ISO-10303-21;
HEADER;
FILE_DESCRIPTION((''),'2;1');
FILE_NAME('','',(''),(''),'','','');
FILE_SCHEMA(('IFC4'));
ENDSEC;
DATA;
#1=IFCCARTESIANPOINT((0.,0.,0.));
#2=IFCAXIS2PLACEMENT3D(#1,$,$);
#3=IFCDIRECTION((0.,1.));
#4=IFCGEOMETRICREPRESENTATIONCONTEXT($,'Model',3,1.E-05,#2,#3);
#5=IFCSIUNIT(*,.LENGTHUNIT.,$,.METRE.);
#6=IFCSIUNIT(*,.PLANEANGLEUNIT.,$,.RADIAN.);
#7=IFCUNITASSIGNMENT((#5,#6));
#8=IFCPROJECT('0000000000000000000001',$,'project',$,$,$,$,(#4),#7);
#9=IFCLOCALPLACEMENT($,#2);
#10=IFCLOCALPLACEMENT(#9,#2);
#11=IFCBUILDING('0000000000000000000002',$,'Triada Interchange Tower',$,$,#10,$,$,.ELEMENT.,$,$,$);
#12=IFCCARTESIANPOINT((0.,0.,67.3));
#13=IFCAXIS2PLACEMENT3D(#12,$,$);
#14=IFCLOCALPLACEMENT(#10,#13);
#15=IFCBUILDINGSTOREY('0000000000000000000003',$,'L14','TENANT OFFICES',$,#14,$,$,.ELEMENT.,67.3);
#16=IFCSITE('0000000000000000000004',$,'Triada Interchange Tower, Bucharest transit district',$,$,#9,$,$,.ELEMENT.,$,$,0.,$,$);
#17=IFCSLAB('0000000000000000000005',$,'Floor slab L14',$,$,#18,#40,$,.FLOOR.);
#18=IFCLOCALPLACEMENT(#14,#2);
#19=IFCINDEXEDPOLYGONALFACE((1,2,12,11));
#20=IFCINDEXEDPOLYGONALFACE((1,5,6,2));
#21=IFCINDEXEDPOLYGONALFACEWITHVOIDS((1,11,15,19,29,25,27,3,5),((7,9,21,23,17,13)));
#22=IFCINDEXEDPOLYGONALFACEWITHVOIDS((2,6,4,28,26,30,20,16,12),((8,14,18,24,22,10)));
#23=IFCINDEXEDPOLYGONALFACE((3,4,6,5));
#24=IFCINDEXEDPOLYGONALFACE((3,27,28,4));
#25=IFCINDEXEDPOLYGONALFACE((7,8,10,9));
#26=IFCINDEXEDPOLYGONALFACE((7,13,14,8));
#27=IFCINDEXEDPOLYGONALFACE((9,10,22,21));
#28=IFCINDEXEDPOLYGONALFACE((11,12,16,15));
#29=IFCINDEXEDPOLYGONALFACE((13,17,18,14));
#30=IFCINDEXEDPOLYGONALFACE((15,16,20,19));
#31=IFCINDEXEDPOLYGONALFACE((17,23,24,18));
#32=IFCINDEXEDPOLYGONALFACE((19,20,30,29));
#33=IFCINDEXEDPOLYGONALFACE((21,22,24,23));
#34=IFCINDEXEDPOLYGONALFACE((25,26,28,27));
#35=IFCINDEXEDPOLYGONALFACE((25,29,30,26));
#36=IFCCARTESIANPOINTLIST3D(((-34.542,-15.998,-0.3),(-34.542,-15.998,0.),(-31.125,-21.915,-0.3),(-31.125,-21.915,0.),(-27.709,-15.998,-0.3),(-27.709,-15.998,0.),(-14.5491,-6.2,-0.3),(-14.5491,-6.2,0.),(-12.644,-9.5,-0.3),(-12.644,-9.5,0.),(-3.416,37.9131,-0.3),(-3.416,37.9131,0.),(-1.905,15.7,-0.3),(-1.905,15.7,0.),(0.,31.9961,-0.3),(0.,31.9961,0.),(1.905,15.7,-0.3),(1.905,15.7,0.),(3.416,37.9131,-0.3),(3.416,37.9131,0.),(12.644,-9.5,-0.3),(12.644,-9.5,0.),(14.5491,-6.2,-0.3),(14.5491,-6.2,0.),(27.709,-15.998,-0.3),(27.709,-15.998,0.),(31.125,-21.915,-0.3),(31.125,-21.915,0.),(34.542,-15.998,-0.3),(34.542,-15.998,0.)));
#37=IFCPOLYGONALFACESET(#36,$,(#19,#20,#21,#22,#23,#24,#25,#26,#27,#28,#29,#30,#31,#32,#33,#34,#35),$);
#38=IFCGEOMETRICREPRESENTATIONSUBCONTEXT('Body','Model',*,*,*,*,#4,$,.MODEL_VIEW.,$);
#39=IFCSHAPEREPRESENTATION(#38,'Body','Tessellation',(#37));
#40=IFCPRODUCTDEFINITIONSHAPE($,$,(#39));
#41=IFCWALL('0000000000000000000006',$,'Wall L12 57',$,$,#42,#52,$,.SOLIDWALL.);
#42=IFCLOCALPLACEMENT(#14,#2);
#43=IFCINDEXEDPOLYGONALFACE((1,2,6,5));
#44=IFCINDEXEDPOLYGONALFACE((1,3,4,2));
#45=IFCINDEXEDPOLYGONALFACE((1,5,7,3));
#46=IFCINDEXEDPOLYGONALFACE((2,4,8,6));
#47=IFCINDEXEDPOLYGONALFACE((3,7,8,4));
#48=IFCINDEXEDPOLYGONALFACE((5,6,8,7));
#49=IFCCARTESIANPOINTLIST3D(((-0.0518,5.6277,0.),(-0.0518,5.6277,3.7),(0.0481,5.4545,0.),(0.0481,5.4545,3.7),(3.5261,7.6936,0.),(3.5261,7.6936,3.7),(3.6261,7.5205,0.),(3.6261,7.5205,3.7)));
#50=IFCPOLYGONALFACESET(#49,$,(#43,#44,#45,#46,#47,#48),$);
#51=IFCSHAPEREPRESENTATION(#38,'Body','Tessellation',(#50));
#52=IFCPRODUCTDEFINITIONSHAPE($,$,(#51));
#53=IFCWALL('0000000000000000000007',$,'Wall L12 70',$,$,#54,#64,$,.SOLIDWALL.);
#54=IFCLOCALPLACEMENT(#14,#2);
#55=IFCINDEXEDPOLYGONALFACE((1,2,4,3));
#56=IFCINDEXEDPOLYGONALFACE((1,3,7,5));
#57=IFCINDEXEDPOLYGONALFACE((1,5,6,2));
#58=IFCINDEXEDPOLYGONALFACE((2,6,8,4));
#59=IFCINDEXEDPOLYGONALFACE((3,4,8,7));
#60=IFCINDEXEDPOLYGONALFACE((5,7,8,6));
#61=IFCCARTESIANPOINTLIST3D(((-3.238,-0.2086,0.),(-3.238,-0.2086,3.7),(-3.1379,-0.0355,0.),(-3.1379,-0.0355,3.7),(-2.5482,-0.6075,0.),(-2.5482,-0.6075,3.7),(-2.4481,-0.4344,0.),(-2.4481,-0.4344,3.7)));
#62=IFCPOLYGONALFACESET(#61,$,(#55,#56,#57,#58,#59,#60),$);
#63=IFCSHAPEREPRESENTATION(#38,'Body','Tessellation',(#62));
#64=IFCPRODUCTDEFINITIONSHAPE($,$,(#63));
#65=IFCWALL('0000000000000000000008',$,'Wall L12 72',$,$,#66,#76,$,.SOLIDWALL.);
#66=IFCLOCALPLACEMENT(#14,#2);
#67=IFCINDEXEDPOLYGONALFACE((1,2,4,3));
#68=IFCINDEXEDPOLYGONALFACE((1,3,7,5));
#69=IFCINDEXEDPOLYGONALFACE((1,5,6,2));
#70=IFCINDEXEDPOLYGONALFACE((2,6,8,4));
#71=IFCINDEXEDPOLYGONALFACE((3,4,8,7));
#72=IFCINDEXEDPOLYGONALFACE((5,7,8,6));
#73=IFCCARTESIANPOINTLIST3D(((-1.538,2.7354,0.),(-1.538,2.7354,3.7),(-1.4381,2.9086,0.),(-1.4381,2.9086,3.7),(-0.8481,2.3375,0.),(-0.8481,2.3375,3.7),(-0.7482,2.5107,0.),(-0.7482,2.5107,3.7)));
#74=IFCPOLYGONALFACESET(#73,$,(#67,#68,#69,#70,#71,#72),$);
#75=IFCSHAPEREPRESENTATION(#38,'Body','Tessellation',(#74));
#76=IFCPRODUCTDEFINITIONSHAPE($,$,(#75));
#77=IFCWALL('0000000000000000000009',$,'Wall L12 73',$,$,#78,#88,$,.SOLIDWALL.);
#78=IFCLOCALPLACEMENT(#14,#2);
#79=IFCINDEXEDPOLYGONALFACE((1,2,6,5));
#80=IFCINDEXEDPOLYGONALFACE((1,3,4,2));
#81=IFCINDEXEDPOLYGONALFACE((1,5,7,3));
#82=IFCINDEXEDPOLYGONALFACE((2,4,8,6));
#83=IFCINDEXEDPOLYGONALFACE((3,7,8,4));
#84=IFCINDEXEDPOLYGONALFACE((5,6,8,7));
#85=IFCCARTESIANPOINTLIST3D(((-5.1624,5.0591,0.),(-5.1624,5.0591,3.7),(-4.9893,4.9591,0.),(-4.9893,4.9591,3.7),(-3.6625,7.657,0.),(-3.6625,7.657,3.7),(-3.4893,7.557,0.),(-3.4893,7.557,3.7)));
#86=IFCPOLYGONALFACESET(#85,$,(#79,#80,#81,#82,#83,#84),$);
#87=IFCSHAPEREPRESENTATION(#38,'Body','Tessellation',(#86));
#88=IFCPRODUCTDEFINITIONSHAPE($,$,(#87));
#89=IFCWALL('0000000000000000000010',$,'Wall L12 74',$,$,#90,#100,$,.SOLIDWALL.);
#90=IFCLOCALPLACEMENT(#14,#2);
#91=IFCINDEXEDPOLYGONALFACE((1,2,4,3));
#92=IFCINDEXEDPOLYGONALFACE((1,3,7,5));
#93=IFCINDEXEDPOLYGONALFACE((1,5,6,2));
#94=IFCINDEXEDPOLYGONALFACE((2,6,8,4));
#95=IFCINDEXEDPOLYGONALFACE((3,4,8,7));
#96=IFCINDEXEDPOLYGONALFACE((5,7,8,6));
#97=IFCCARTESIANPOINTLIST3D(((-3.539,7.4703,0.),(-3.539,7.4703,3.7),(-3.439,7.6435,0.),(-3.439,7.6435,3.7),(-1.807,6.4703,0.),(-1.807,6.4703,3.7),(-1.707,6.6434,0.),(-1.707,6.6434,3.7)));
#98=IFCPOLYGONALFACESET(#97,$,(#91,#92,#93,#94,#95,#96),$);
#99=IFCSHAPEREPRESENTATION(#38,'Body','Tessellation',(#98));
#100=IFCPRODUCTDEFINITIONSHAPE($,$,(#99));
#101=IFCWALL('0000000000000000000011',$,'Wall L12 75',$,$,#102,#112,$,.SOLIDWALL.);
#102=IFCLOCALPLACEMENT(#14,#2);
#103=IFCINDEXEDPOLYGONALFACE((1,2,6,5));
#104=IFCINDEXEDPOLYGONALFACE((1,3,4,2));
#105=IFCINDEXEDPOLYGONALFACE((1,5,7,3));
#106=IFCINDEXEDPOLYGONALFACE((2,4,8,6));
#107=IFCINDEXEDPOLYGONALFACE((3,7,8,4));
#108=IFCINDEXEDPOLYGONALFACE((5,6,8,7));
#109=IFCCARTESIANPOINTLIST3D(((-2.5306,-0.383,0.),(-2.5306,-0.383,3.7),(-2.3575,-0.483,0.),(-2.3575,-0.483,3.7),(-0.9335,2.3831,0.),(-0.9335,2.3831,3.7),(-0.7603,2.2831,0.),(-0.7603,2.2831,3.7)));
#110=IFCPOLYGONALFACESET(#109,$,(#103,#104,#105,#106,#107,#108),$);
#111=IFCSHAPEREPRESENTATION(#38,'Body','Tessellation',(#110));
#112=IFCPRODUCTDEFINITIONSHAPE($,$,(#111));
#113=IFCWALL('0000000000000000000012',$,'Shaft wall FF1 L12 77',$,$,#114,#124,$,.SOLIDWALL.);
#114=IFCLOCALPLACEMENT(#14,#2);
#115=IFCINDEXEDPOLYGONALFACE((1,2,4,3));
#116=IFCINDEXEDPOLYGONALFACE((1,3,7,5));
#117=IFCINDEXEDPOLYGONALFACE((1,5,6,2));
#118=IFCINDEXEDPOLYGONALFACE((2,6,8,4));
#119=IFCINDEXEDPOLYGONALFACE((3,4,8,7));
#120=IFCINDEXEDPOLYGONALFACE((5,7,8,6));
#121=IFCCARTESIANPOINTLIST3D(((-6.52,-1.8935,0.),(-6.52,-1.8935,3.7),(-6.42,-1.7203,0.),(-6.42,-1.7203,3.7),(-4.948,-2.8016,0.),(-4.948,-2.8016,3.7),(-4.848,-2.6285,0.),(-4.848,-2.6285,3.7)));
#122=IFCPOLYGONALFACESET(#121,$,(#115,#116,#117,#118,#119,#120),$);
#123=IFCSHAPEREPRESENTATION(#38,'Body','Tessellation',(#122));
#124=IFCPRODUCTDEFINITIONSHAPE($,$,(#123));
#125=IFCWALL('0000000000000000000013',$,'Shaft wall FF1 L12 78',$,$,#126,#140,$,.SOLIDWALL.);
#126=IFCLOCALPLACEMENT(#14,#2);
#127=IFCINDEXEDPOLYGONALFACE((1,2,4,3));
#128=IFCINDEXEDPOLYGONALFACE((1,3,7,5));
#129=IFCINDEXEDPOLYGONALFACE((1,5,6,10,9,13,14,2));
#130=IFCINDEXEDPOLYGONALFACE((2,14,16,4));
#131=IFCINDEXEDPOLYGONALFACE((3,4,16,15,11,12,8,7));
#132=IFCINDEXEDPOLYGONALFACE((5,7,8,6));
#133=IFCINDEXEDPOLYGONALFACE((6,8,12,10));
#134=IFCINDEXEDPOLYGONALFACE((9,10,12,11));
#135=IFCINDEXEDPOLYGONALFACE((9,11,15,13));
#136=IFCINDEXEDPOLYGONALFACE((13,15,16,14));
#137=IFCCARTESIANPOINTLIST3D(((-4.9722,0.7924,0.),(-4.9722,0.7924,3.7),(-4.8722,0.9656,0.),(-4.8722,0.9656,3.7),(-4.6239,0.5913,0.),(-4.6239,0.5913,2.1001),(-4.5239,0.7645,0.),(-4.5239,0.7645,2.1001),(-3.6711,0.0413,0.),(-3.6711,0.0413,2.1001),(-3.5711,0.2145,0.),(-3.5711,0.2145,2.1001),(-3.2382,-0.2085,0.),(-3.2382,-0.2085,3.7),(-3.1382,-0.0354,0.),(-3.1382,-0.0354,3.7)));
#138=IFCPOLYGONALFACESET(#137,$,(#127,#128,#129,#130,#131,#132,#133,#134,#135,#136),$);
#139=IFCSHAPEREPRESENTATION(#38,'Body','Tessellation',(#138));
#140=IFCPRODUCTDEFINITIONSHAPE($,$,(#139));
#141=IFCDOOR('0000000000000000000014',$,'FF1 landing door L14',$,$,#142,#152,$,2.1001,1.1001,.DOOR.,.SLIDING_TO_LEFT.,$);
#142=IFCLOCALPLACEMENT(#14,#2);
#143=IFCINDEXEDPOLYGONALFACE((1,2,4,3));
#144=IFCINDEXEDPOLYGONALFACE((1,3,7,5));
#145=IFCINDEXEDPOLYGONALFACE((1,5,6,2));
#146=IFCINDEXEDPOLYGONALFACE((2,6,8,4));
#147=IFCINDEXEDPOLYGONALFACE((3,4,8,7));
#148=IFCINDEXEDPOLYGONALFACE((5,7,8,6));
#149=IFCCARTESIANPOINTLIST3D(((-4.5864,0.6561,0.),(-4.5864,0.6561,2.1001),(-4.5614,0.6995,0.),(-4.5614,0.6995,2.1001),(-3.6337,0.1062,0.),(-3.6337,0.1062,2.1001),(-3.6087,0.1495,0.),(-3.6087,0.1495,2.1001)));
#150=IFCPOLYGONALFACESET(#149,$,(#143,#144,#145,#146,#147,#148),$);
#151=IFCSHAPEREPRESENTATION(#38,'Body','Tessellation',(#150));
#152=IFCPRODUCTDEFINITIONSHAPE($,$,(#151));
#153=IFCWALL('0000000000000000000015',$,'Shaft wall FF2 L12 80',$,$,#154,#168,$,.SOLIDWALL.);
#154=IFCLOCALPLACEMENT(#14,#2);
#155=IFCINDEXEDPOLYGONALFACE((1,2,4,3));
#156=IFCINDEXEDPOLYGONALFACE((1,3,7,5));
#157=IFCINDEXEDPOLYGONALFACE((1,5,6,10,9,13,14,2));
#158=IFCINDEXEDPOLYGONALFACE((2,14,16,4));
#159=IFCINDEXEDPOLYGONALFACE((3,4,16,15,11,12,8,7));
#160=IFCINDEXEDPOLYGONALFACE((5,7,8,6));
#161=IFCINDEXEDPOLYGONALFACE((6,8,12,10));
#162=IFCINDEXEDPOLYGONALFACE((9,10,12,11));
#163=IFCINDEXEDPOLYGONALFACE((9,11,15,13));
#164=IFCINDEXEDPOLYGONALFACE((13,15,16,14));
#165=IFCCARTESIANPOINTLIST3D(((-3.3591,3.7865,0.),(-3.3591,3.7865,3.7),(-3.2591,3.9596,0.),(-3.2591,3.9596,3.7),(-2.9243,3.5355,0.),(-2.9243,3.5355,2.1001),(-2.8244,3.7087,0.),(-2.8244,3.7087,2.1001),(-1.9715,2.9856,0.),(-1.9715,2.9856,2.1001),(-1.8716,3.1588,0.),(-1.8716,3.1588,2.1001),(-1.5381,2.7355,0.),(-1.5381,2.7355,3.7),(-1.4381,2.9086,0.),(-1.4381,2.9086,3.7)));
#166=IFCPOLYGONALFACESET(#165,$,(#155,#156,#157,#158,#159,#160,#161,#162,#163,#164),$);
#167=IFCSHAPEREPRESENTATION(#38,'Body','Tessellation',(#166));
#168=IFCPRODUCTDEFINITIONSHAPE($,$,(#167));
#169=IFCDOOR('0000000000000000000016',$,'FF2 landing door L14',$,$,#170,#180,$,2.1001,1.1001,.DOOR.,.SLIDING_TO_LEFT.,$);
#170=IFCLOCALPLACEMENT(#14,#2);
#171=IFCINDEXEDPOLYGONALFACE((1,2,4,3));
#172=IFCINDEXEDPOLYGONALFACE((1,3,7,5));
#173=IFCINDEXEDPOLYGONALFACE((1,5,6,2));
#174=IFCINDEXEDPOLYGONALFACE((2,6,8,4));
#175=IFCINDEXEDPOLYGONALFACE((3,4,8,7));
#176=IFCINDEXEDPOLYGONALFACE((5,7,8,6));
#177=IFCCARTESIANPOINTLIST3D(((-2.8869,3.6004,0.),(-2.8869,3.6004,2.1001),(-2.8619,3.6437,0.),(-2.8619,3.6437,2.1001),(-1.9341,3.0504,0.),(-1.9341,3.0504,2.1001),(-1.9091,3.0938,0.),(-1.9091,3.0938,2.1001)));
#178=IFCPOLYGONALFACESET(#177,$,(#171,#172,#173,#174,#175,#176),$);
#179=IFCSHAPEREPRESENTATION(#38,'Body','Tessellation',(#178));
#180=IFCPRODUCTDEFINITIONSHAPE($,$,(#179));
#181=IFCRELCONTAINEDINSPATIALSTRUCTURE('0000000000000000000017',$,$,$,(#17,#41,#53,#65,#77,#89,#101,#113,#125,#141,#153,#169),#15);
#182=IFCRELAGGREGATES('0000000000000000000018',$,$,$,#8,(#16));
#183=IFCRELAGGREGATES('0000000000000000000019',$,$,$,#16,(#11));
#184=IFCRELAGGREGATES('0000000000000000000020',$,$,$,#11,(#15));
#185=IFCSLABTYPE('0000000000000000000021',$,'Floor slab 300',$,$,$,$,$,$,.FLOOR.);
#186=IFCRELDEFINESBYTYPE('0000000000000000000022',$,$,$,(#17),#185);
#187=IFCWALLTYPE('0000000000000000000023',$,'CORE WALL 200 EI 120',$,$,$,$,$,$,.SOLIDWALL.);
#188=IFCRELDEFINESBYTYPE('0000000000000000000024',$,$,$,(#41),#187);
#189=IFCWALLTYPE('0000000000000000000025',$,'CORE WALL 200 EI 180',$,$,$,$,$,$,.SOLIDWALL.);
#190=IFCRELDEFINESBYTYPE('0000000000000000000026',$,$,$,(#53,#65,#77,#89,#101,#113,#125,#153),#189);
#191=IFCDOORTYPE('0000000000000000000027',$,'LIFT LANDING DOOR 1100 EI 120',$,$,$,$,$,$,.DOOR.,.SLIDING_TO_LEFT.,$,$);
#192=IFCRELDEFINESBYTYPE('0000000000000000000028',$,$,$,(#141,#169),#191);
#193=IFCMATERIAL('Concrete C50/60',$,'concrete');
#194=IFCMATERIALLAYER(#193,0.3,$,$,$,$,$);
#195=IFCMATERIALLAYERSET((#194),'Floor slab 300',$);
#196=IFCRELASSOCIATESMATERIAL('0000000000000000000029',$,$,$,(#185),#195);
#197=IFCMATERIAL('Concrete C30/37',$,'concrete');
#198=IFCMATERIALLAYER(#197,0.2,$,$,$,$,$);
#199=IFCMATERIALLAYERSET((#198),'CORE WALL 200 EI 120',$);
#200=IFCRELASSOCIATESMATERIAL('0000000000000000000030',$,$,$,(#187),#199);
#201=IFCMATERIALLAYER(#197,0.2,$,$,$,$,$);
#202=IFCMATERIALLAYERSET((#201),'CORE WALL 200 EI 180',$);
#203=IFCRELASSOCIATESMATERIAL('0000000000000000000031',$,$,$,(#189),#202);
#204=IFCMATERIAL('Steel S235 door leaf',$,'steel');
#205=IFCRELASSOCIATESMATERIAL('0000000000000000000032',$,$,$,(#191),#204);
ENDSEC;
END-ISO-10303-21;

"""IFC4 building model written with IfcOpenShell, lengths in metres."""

from ifc_helpers import new_model, si_unit, direction, frame, frame_2d, origin, place, context, subcontext, project, spatial, polyline, rectangle, outline, extrude, material, layer, layer_set, type_object, element, fill, save


model = new_model("IFC4")

# Units and contexts
model_context = context("Model", 3, precision=1e-05, world=origin(), true_north=direction((0.0, 1.0)))
body_context = subcontext(model_context, "Body", "Model", "MODEL_VIEW")
ifc_project = project(units=[si_unit("LENGTHUNIT", "METRE"), si_unit("PLANEANGLEUNIT", "RADIAN")], contexts=[model_context])

# Site, building, storey
site_placement = place(None, origin())
site = spatial("IfcSite", under=ifc_project, at=site_placement, Name="Triada Interchange Tower, Bucharest transit district", CompositionType="ELEMENT", RefElevation=0.0)
building_placement = place(site_placement, origin())
building = spatial("IfcBuilding", under=site, at=building_placement, Name="Triada Interchange Tower", CompositionType="ELEMENT")
storey_placement = place(building_placement, frame((0.0, 0.0, 67.3)))
storey = spatial("IfcBuildingStorey", under=building, at=storey_placement, Name="L14", Description="TENANT OFFICES", CompositionType="ELEMENT", Elevation=67.3)

# Slab
ifc_material_1 = material(Name="Concrete C50/60", Category="concrete")
ifc_layer_1 = layer(ifc_material_1, 0.3)
ifc_layer_set_1 = layer_set([ifc_layer_1], Name="Floor slab 300")
slab_type = type_object("IfcSlabType", Name="Floor slab 300", PredefinedType="FLOOR", material=ifc_layer_set_1)
slab_placement = place(storey_placement, frame((0.0, 0.0, -0.3)))
element("IfcSlab", 1, at=slab_placement, inside=storey, type_object=slab_type, Name="Floor slab L14", PredefinedType="FLOOR", context=body_context, shape_type="SweptSolid", body=[
    extrude(outline(polyline([(-3.416, 37.9131), (-34.542, -15.998), (-27.709, -15.998), (-31.125, -21.915), (31.125, -21.915), (27.709, -15.998), (34.542, -15.998), (3.416, 37.9131), (0.0, 31.9961), (-3.416, 37.9131)]), holes=[polyline([(1.905, 15.7), (-1.905, 15.7), (-14.5491, -6.2), (-12.644, -9.5), (12.644, -9.5), (14.5491, -6.2), (1.905, 15.7)])]), origin(), (0.0, 0.0, 1.0), 0.3),
])

# Walls
ifc_material_2 = material(Name="Concrete C30/37", Category="concrete")
ifc_layer_2 = layer(ifc_material_2, 0.2)
ifc_layer_set_2 = layer_set([ifc_layer_2], Name="CORE WALL 200 EI 120")
wall_type_1 = type_object("IfcWallType", Name="CORE WALL 200 EI 120", PredefinedType="SOLIDWALL", material=ifc_layer_set_2)
wall_1_placement = place(storey_placement, frame((-0.002, 5.541, 0.0), z_axis=(0.0, 0.0, 1.0), x_axis=(0.866002, 0.500041, 0.0)))
element("IfcWall", 2, at=wall_1_placement, inside=storey, type_object=wall_type_1, Name="Wall L12 57", PredefinedType="SOLIDWALL", context=body_context, shape_type="SweptSolid", body=[
    extrude(rectangle(XDim=4.1316, YDim=0.2, at=frame_2d((2.0659, 0.0))), origin(), (0.0, 0.0, 1.0), 3.7),
])
ifc_layer_3 = layer(ifc_material_2, 0.2)
ifc_layer_set_3 = layer_set([ifc_layer_3], Name="CORE WALL 200 EI 180")
wall_type_2 = type_object("IfcWallType", Name="CORE WALL 200 EI 180", PredefinedType="SOLIDWALL", material=ifc_layer_set_3)
wall_2_placement = place(storey_placement, frame((-3.188, -0.1221, 0.0), z_axis=(0.0, 0.0, 1.0), x_axis=(0.865706, -0.500553, 0.0)))
element("IfcWall", 3, at=wall_2_placement, inside=storey, type_object=wall_type_2, Name="Wall L12 70", PredefinedType="SOLIDWALL", context=body_context, shape_type="SweptSolid", body=[
    extrude(rectangle(XDim=0.7969, YDim=0.2, at=frame_2d((0.3984, 0.0))), origin(), (0.0, 0.0, 1.0), 3.7),
])
wall_3_placement = place(storey_placement, frame((-1.488, 2.822, 0.0), z_axis=(0.0, 0.0, 1.0), x_axis=(0.866237, -0.499634, 0.0)))
element("IfcWall", 4, at=wall_3_placement, inside=storey, type_object=wall_type_2, Name="Wall L12 72", PredefinedType="SOLIDWALL", context=body_context, shape_type="SweptSolid", body=[
    extrude(rectangle(XDim=0.7964, YDim=0.2, at=frame_2d((0.3982, 0.0))), origin(), (0.0, 0.0, 1.0), 3.7),
])
wall_4_placement = place(storey_placement, frame((-5.0759, 5.009, 0.0), z_axis=(0.0, 0.0, 1.0), x_axis=(0.500025, 0.866011, 0.0)))
element("IfcWall", 5, at=wall_4_placement, inside=storey, type_object=wall_type_2, Name="Wall L12 73", PredefinedType="SOLIDWALL", context=body_context, shape_type="SweptSolid", body=[
    extrude(rectangle(XDim=2.9998, YDim=0.2, at=frame_2d((1.5, 0.0))), origin(), (0.0, 0.0, 1.0), 3.7),
])
wall_5_placement = place(storey_placement, frame((-3.489, 7.5569, 0.0), z_axis=(0.0, 0.0, 1.0), x_axis=(0.866011, -0.500025, 0.0)))
element("IfcWall", 6, at=wall_5_placement, inside=storey, type_object=wall_type_2, Name="Wall L12 74", PredefinedType="SOLIDWALL", context=body_context, shape_type="SweptSolid", body=[
    extrude(rectangle(XDim=2.0, YDim=0.2, at=frame_2d((1.0, 0.0))), origin(), (0.0, 0.0, 1.0), 3.7),
])
wall_6_placement = place(storey_placement, frame((-2.4441, -0.4331, 0.0), z_axis=(0.0, 0.0, 1.0), x_axis=(0.500036, 0.866005, 0.0)))
element("IfcWall", 7, at=wall_6_placement, inside=storey, type_object=wall_type_2, Name="Wall L12 75", PredefinedType="SOLIDWALL", context=body_context, shape_type="SweptSolid", body=[
    extrude(rectangle(XDim=3.1941, YDim=0.2, at=frame_2d((1.5972, 0.0))), origin(), (0.0, 0.0, 1.0), 3.7),
])
wall_7_placement = place(storey_placement, frame((-6.47, -1.8069, 0.0), z_axis=(0.0, 0.0, 1.0), x_axis=(0.865883, -0.500246, 0.0)))
element("IfcWall", 8, at=wall_7_placement, inside=storey, type_object=wall_type_2, Name="Shaft wall FF1 L12 77", PredefinedType="SOLIDWALL", context=body_context, shape_type="SweptSolid", body=[
    extrude(rectangle(XDim=1.8154, YDim=0.2, at=frame_2d((0.9077, 0.0))), origin(), (0.0, 0.0, 1.0), 3.7),
])

# Walls, openings, doors
wall_8_placement = place(storey_placement, frame((-4.9221, 0.8789, 0.0), z_axis=(0.0, 0.0, 1.0), x_axis=(0.866074, -0.499916, 0.0)))
wall_8 = element("IfcWall", 9, at=wall_8_placement, inside=storey, type_object=wall_type_2, Name="Shaft wall FF1 L12 78", PredefinedType="SOLIDWALL", context=body_context, shape_type="SweptSolid", body=[
    extrude(rectangle(XDim=2.0022, YDim=0.2, at=frame_2d((1.001, 0.0))), origin(), (0.0, 0.0, 1.0), 3.7),
])
opening_1_placement = place(wall_8_placement, frame((0.4021, 0.0, 0.0)))
opening_1 = element("IfcOpeningElement", 10, at=opening_1_placement, cuts=wall_8, PredefinedType="OPENING", context=body_context, shape_type="SweptSolid", body=[
    extrude(rectangle(XDim=1.1001, YDim=2.1001, at=frame_2d((0.55, 1.05))), frame((0.0, 0.1099, 0.0), z_axis=(0.0, -1.0, 0.0), x_axis=(1.0, 0.0, 0.0)), (0.0, 0.0, 1.0), 0.22),
])
ifc_material_3 = material(Name="Steel S235 door leaf", Category="steel")
door_type = type_object("IfcDoorType", Name="LIFT LANDING DOOR 1100 EI 120", OperationType="SLIDING_TO_LEFT", PredefinedType="DOOR", material=ifc_material_3)
door_1_placement = place(opening_1_placement, origin())
door_1 = element("IfcDoor", 11, at=door_1_placement, inside=storey, type_object=door_type, Name="FF1 landing door L14", OperationType="SLIDING_TO_LEFT", OverallHeight=2.1001, OverallWidth=1.1001, PredefinedType="DOOR", context=body_context, shape_type="SweptSolid", body=[
    extrude(rectangle(XDim=1.1001, YDim=2.1001, at=frame_2d((0.55, 1.05))), frame((0.0, 0.0249, 0.0), z_axis=(0.0, -1.0, 0.0), x_axis=(1.0, 0.0, 0.0)), (0.0, 0.0, 1.0), 0.05),
])
fill(opening_1, door_1)
wall_9_placement = place(storey_placement, frame((-3.3091, 3.873, 0.0), z_axis=(0.0, 0.0, 1.0), x_axis=(0.866099, -0.499873, 0.0)))
wall_9 = element("IfcWall", 12, at=wall_9_placement, inside=storey, type_object=wall_type_2, Name="Shaft wall FF2 L12 80", PredefinedType="SOLIDWALL", context=body_context, shape_type="SweptSolid", body=[
    extrude(rectangle(XDim=2.1025, YDim=0.2, at=frame_2d((1.0513, 0.0))), origin(), (0.0, 0.0, 1.0), 3.7),
])
opening_2_placement = place(wall_9_placement, frame((0.502, 0.0, 0.0)))
opening_2 = element("IfcOpeningElement", 13, at=opening_2_placement, cuts=wall_9, PredefinedType="OPENING", context=body_context, shape_type="SweptSolid", body=[
    extrude(rectangle(XDim=1.1001, YDim=2.1001, at=frame_2d((0.55, 1.05))), frame((0.0, 0.1099, 0.0), z_axis=(0.0, -1.0, 0.0), x_axis=(1.0, 0.0, 0.0)), (0.0, 0.0, 1.0), 0.22),
])
door_2_placement = place(opening_2_placement, origin())
door_2 = element("IfcDoor", 14, at=door_2_placement, inside=storey, type_object=door_type, Name="FF2 landing door L14", OperationType="SLIDING_TO_LEFT", OverallHeight=2.1001, OverallWidth=1.1001, PredefinedType="DOOR", context=body_context, shape_type="SweptSolid", body=[
    extrude(rectangle(XDim=1.1001, YDim=2.1001, at=frame_2d((0.55, 1.05))), frame((0.0, 0.0249, 0.0), z_axis=(0.0, -1.0, 0.0), x_axis=(1.0, 0.0, 0.0)), (0.0, 0.0, 1.0), 0.05),
])
fill(opening_2, door_2)

save(model, "model.ifc")
